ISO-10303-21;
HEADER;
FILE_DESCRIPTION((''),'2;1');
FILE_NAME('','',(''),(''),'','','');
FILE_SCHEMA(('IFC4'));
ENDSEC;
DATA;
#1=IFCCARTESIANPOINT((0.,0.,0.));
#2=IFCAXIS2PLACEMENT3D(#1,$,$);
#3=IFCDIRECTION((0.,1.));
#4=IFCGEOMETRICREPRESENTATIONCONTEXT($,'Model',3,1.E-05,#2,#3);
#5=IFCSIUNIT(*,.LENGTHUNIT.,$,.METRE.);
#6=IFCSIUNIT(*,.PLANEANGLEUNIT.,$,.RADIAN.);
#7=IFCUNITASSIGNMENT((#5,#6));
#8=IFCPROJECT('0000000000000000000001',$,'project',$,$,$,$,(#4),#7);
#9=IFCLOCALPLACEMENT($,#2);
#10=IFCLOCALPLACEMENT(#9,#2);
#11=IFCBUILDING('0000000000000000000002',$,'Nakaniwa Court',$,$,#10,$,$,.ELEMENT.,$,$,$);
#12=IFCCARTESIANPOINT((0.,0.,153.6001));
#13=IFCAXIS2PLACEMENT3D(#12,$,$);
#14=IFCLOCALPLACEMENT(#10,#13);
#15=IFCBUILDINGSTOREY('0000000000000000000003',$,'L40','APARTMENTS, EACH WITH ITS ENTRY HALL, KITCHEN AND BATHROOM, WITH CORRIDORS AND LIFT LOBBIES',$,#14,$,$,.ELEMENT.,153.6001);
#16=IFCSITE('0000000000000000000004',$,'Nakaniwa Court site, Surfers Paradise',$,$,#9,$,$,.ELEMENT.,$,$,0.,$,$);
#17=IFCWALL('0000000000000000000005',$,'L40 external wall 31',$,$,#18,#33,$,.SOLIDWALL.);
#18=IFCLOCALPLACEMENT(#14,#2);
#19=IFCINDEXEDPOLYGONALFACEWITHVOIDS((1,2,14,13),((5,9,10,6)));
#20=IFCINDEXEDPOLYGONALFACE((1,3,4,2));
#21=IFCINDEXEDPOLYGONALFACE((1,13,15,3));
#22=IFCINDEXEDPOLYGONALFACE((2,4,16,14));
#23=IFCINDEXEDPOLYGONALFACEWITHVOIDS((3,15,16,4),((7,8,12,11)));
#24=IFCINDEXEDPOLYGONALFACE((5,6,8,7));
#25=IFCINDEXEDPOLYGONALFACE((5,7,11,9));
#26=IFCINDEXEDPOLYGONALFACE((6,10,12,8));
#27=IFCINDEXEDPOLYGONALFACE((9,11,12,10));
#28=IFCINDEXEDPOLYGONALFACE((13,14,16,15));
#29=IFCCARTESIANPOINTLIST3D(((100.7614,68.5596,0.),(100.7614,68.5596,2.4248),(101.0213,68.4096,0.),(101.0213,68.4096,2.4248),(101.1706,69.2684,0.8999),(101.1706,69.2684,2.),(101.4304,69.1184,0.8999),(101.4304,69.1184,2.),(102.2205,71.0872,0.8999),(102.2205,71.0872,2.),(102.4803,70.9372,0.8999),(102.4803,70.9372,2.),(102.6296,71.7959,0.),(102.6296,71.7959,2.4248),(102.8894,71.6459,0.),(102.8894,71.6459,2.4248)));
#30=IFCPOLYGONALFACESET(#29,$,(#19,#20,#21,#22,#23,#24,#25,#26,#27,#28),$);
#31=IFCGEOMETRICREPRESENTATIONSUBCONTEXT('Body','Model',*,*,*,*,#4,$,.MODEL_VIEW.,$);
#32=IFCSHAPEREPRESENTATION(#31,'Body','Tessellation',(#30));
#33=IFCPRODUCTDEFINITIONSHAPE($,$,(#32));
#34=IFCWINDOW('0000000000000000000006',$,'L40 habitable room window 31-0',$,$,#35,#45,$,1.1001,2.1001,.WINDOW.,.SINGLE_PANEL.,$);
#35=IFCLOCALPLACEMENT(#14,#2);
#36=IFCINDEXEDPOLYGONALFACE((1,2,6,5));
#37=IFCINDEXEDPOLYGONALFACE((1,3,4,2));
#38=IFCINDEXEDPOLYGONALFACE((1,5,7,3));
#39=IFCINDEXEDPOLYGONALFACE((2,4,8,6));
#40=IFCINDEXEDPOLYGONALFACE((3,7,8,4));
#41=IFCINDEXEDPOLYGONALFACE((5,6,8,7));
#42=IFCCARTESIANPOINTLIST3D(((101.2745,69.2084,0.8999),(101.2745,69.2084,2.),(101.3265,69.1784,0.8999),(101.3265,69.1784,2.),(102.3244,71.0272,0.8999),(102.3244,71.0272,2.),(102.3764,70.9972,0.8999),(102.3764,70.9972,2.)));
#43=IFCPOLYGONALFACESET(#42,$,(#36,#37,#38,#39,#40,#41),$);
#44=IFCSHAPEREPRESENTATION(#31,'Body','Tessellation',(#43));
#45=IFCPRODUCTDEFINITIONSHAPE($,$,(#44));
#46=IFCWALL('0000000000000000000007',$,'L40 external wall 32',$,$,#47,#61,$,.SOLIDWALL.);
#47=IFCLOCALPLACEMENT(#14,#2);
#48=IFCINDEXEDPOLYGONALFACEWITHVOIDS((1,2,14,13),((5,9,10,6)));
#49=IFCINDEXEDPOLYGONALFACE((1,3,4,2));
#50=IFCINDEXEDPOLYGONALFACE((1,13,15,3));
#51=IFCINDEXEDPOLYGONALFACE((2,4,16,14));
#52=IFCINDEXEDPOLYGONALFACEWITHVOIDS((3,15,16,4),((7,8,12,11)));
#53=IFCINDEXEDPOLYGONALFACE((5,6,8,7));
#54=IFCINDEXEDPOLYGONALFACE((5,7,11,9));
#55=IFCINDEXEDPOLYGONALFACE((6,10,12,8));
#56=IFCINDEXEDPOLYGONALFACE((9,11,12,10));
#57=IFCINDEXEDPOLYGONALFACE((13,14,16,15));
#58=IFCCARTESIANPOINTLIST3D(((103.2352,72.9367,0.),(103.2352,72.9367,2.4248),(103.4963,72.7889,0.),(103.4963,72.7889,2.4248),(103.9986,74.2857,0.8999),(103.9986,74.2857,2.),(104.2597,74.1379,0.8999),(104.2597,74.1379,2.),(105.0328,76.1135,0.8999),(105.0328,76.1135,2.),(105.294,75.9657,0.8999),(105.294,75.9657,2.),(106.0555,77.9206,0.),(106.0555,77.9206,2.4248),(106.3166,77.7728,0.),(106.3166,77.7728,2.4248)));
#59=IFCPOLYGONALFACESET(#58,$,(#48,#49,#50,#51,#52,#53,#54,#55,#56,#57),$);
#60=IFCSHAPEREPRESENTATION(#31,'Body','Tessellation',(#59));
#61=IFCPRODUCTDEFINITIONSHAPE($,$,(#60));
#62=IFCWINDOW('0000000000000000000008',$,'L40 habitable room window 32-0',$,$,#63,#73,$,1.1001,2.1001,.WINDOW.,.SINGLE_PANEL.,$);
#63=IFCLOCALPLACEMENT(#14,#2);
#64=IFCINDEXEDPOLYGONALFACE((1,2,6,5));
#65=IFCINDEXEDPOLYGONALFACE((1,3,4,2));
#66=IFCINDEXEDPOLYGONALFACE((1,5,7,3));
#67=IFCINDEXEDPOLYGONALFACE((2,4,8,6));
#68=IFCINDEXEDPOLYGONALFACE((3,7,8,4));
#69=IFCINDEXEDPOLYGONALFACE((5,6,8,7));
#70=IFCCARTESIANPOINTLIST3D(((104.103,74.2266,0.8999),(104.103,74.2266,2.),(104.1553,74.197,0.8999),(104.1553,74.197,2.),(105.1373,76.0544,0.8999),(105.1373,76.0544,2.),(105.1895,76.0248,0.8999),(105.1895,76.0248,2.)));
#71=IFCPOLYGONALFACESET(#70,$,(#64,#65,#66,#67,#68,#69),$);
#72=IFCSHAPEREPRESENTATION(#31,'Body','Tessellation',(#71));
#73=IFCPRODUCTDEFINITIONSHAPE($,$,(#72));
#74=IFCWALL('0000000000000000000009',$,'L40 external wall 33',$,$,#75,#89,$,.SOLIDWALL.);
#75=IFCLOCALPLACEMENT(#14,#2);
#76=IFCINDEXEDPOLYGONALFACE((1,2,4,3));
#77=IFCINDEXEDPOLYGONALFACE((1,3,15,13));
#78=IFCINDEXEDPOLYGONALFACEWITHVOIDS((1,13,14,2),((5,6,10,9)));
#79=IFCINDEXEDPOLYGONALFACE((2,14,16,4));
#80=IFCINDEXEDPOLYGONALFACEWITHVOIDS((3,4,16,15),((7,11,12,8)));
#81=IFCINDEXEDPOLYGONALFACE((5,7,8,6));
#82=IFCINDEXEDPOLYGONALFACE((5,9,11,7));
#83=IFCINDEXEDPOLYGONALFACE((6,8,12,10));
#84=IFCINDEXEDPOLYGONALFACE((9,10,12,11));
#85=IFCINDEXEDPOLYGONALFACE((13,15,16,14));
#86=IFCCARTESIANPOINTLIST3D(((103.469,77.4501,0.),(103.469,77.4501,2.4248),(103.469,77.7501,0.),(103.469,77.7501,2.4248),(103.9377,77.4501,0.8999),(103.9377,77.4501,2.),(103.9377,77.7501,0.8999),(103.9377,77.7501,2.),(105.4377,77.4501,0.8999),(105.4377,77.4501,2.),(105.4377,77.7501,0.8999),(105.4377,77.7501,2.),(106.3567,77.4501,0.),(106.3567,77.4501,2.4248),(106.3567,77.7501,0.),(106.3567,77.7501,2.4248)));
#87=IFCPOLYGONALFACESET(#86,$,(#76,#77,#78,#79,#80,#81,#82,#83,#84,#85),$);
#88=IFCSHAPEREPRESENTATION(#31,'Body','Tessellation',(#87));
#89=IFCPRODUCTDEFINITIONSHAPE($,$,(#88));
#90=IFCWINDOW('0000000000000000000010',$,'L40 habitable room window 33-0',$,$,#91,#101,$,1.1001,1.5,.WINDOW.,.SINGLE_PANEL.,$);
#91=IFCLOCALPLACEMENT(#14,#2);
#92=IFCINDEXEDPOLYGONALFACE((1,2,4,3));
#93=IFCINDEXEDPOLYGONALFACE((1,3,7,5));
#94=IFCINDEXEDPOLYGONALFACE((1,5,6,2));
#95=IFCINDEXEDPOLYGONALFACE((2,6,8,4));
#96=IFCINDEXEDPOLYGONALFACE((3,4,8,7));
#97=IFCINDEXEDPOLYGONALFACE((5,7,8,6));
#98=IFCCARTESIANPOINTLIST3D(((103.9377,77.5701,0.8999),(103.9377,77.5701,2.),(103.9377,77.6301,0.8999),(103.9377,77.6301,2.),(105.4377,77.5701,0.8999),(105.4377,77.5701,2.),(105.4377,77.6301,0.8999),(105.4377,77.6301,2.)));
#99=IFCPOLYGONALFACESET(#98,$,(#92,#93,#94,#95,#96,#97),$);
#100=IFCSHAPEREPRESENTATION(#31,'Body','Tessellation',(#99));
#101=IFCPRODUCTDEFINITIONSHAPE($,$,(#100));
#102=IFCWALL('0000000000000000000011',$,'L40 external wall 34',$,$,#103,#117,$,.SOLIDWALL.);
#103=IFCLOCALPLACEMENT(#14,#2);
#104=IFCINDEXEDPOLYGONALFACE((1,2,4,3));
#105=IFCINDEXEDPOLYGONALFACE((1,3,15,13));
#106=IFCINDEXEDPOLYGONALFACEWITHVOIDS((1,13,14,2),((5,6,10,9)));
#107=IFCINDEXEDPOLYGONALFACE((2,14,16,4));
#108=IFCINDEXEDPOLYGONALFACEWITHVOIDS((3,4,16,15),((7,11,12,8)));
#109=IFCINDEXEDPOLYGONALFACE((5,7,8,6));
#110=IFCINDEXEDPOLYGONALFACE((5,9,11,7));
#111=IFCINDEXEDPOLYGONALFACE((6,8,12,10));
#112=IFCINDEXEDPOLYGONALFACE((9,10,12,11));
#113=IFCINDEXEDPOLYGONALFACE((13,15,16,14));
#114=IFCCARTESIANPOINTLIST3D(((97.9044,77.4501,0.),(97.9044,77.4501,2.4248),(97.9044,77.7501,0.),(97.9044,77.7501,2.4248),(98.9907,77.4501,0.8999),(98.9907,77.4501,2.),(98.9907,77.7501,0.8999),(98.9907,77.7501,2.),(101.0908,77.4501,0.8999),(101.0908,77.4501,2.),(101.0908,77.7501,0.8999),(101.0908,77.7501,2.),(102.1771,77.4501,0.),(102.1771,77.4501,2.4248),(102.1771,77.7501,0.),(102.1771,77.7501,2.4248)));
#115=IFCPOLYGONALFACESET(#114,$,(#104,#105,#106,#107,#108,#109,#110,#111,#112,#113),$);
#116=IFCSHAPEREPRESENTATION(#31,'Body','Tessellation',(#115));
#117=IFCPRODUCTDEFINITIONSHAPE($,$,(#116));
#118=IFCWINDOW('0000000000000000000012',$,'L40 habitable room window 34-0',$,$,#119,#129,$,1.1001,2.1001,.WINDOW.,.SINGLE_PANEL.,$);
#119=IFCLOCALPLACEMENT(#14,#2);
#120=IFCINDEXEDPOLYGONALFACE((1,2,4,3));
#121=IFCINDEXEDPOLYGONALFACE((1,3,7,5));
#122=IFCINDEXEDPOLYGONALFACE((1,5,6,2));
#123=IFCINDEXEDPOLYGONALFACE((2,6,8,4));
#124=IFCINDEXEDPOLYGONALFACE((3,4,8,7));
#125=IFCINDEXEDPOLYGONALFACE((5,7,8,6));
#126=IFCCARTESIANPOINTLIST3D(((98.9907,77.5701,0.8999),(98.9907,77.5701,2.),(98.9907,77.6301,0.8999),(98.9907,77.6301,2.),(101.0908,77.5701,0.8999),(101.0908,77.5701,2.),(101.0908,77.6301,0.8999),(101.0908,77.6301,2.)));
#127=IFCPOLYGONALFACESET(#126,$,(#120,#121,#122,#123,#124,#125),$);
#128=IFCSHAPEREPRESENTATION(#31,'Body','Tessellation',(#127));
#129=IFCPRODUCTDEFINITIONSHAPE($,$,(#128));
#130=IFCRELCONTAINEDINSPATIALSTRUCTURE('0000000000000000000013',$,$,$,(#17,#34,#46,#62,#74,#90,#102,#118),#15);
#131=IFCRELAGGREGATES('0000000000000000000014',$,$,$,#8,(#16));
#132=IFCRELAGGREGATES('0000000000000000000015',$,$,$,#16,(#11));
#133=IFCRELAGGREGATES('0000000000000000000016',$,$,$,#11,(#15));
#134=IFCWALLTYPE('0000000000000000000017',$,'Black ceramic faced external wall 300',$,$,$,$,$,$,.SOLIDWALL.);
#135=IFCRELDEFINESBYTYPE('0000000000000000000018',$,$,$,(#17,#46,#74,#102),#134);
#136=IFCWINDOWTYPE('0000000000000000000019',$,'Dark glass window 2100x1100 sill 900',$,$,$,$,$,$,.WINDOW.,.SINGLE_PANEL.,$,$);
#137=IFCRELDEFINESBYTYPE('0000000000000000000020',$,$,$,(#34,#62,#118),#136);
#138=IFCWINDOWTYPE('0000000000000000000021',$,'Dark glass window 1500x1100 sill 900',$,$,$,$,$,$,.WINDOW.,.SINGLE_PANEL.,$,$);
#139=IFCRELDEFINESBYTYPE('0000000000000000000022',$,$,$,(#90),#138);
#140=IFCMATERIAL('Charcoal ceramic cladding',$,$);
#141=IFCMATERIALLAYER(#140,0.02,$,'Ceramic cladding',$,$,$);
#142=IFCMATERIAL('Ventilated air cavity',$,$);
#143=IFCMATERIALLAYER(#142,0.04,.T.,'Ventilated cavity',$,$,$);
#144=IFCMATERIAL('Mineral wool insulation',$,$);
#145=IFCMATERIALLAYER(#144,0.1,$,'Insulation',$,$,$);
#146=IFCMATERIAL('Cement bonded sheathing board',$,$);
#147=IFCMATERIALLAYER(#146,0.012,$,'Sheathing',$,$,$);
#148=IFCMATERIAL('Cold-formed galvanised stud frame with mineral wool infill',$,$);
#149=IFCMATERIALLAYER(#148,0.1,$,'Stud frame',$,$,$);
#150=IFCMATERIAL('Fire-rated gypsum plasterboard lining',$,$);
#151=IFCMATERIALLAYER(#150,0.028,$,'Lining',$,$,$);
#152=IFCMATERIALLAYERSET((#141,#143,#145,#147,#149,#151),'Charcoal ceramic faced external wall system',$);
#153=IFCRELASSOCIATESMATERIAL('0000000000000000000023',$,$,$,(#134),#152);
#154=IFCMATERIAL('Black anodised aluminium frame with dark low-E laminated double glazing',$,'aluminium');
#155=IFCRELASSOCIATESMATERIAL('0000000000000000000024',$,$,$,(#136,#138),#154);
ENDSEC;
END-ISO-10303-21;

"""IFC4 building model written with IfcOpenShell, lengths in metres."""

from ifc_helpers import new_model, si_unit, direction, frame, frame_2d, origin, place, context, subcontext, project, spatial, rectangle, extrude, material, layer, layer_set, type_object, element, fill, save


model = new_model("IFC4")

# Units and contexts
model_context = context("Model", 3, precision=1e-05, world=origin(), true_north=direction((0.0, 1.0)))
body_context = subcontext(model_context, "Body", "Model", "MODEL_VIEW")
ifc_project = project(units=[si_unit("LENGTHUNIT", "METRE"), si_unit("PLANEANGLEUNIT", "RADIAN")], contexts=[model_context])

# Site, building, storey
site_placement = place(None, origin())
site = spatial("IfcSite", under=ifc_project, at=site_placement, Name="Nakaniwa Court site, Surfers Paradise", CompositionType="ELEMENT", RefElevation=0.0)
building_placement = place(site_placement, origin())
building = spatial("IfcBuilding", under=site, at=building_placement, Name="Nakaniwa Court", CompositionType="ELEMENT")
storey_placement = place(building_placement, frame((0.0, 0.0, 153.6001)))
storey = spatial("IfcBuildingStorey", under=building, at=storey_placement, Name="L40", Description="APARTMENTS, EACH WITH ITS ENTRY HALL, KITCHEN AND BATHROOM, WITH CORRIDORS AND LIFT LOBBIES", CompositionType="ELEMENT", Elevation=153.6001)

# Walls, openings, windows
ifc_material_1 = material(Name="Charcoal ceramic cladding")
ifc_layer_1 = layer(ifc_material_1, 0.02, Name="Ceramic cladding")
ifc_material_2 = material(Name="Ventilated air cavity")
ifc_layer_2 = layer(ifc_material_2, 0.04, ventilated=True, Name="Ventilated cavity")
ifc_material_3 = material(Name="Mineral wool insulation")
ifc_layer_3 = layer(ifc_material_3, 0.1, Name="Insulation")
ifc_material_4 = material(Name="Cement bonded sheathing board")
ifc_layer_4 = layer(ifc_material_4, 0.012, Name="Sheathing")
ifc_material_5 = material(Name="Cold-formed galvanised stud frame with mineral wool infill")
ifc_layer_5 = layer(ifc_material_5, 0.1, Name="Stud frame")
ifc_material_6 = material(Name="Fire-rated gypsum plasterboard lining")
ifc_layer_6 = layer(ifc_material_6, 0.028, Name="Lining")
ifc_layer_set_1 = layer_set([ifc_layer_1, ifc_layer_2, ifc_layer_3, ifc_layer_4, ifc_layer_5, ifc_layer_6], Name="Charcoal ceramic faced external wall system")
wall_type_1 = type_object("IfcWallType", Name="Black ceramic faced external wall 300", PredefinedType="SOLIDWALL", material=ifc_layer_set_1)
wall_1_placement = place(storey_placement, frame((100.8914, 68.4846, 0.0), z_axis=(0.0, 0.0, 1.0), x_axis=(0.499934, 0.866064, 0.0)))
wall_1 = element("IfcWall", 1, at=wall_1_placement, inside=storey, type_object=wall_type_1, Name="L40 external wall 31", PredefinedType="SOLIDWALL", context=body_context, shape_type="SweptSolid", body=[
    extrude(rectangle(XDim=3.7368, YDim=0.3, at=frame_2d((1.8684, 0.0))), origin(), (0.0, 0.0, 1.0), 2.4248),
])
opening_1_placement = place(wall_1_placement, frame((0.8184, 0.0, 0.8999)))
opening_1 = element("IfcOpeningElement", 2, at=opening_1_placement, cuts=wall_1, PredefinedType="OPENING", context=body_context, shape_type="SweptSolid", body=[
    extrude(rectangle(XDim=2.1001, YDim=1.1001, at=frame_2d((1.05, 0.55))), frame((0.0, 0.1599, 0.0), z_axis=(0.0, -1.0, 0.0), x_axis=(1.0, 0.0, 0.0)), (0.0, 0.0, 1.0), 0.3201),
])
ifc_material_7 = material(Name="Black anodised aluminium frame with dark low-E laminated double glazing", Category="aluminium")
window_type_1 = type_object("IfcWindowType", Name="Dark glass window 2100x1100 sill 900", PartitioningType="SINGLE_PANEL", PredefinedType="WINDOW", material=ifc_material_7)
window_1_placement = place(opening_1_placement, origin())
window_1 = element("IfcWindow", 3, at=window_1_placement, inside=storey, type_object=window_type_1, Name="L40 habitable room window 31-0", OverallHeight=1.1001, OverallWidth=2.1001, PartitioningType="SINGLE_PANEL", PredefinedType="WINDOW", context=body_context, shape_type="SweptSolid", body=[
    extrude(rectangle(XDim=2.1001, YDim=1.1001, at=frame_2d((1.05, 0.55))), frame((0.0, 0.03, 0.0), z_axis=(0.0, -1.0, 0.0), x_axis=(1.0, 0.0, 0.0)), (0.0, 0.0, 1.0), 0.0601),
])
fill(opening_1, window_1)
wall_2_placement = place(storey_placement, frame((103.3657, 72.8628, 0.0), z_axis=(0.0, 0.0, 1.0), x_axis=(0.492498, 0.870313, 0.0)))
wall_2 = element("IfcWall", 4, at=wall_2_placement, inside=storey, type_object=wall_type_1, Name="L40 external wall 32", PredefinedType="SOLIDWALL", context=body_context, shape_type="SweptSolid", body=[
    extrude(rectangle(XDim=5.7266, YDim=0.3, at=frame_2d((2.8633, 0.0))), origin(), (0.0, 0.0, 1.0), 2.4248),
])
opening_2_placement = place(wall_2_placement, frame((1.55, 0.0, 0.8999)))
opening_2 = element("IfcOpeningElement", 5, at=opening_2_placement, cuts=wall_2, PredefinedType="OPENING", context=body_context, shape_type="SweptSolid", body=[
    extrude(rectangle(XDim=2.1001, YDim=1.1001, at=frame_2d((1.05, 0.55))), frame((0.0, 0.1599, 0.0), z_axis=(0.0, -1.0, 0.0), x_axis=(1.0, 0.0, 0.0)), (0.0, 0.0, 1.0), 0.3201),
])
window_2_placement = place(opening_2_placement, origin())
window_2 = element("IfcWindow", 6, at=window_2_placement, inside=storey, type_object=window_type_1, Name="L40 habitable room window 32-0", OverallHeight=1.1001, OverallWidth=2.1001, PartitioningType="SINGLE_PANEL", PredefinedType="WINDOW", context=body_context, shape_type="SweptSolid", body=[
    extrude(rectangle(XDim=2.1001, YDim=1.1001, at=frame_2d((1.05, 0.55))), frame((0.0, 0.03, 0.0), z_axis=(0.0, -1.0, 0.0), x_axis=(1.0, 0.0, 0.0)), (0.0, 0.0, 1.0), 0.0601),
])
fill(opening_2, window_2)
wall_3_placement = place(storey_placement, frame((106.3567, 77.6001, 0.0), z_axis=(0.0, 0.0, 1.0), x_axis=(-1.0, 0.0, 0.0)))
wall_3 = element("IfcWall", 7, at=wall_3_placement, inside=storey, type_object=wall_type_1, Name="L40 external wall 33", PredefinedType="SOLIDWALL", context=body_context, shape_type="SweptSolid", body=[
    extrude(rectangle(XDim=2.8877, YDim=0.3, at=frame_2d((1.4438, 0.0))), origin(), (0.0, 0.0, 1.0), 2.4248),
])
opening_3_placement = place(wall_3_placement, frame((0.9189, 0.0, 0.8999)))
opening_3 = element("IfcOpeningElement", 8, at=opening_3_placement, cuts=wall_3, PredefinedType="OPENING", context=body_context, shape_type="SweptSolid", body=[
    extrude(rectangle(XDim=1.5, YDim=1.1001, at=frame_2d((0.75, 0.55))), frame((0.0, 0.1599, 0.0), z_axis=(0.0, -1.0, 0.0), x_axis=(1.0, 0.0, 0.0)), (0.0, 0.0, 1.0), 0.3201),
])
window_type_2 = type_object("IfcWindowType", Name="Dark glass window 1500x1100 sill 900", PartitioningType="SINGLE_PANEL", PredefinedType="WINDOW", material=ifc_material_7)
window_3_placement = place(opening_3_placement, origin())
window_3 = element("IfcWindow", 9, at=window_3_placement, inside=storey, type_object=window_type_2, Name="L40 habitable room window 33-0", OverallHeight=1.1001, OverallWidth=1.5, PartitioningType="SINGLE_PANEL", PredefinedType="WINDOW", context=body_context, shape_type="SweptSolid", body=[
    extrude(rectangle(XDim=1.5, YDim=1.1001, at=frame_2d((0.75, 0.55))), frame((0.0, 0.03, 0.0), z_axis=(0.0, -1.0, 0.0), x_axis=(1.0, 0.0, 0.0)), (0.0, 0.0, 1.0), 0.0601),
])
fill(opening_3, window_3)
wall_4_placement = place(storey_placement, frame((102.177, 77.6001, 0.0), z_axis=(0.0, 0.0, 1.0), x_axis=(-1.0, 0.0, 0.0)))
wall_4 = element("IfcWall", 10, at=wall_4_placement, inside=storey, type_object=wall_type_1, Name="L40 external wall 34", PredefinedType="SOLIDWALL", context=body_context, shape_type="SweptSolid", body=[
    extrude(rectangle(XDim=4.2727, YDim=0.3, at=frame_2d((2.1362, 0.0))), origin(), (0.0, 0.0, 1.0), 2.4248),
])
opening_4_placement = place(wall_4_placement, frame((1.0862, 0.0, 0.8999)))
opening_4 = element("IfcOpeningElement", 11, at=opening_4_placement, cuts=wall_4, PredefinedType="OPENING", context=body_context, shape_type="SweptSolid", body=[
    extrude(rectangle(XDim=2.1001, YDim=1.1001, at=frame_2d((1.05, 0.55))), frame((0.0, 0.1599, 0.0), z_axis=(0.0, -1.0, 0.0), x_axis=(1.0, 0.0, 0.0)), (0.0, 0.0, 1.0), 0.3201),
])
window_4_placement = place(opening_4_placement, origin())
window_4 = element("IfcWindow", 12, at=window_4_placement, inside=storey, type_object=window_type_1, Name="L40 habitable room window 34-0", OverallHeight=1.1001, OverallWidth=2.1001, PartitioningType="SINGLE_PANEL", PredefinedType="WINDOW", context=body_context, shape_type="SweptSolid", body=[
    extrude(rectangle(XDim=2.1001, YDim=1.1001, at=frame_2d((1.05, 0.55))), frame((0.0, 0.03, 0.0), z_axis=(0.0, -1.0, 0.0), x_axis=(1.0, 0.0, 0.0)), (0.0, 0.0, 1.0), 0.0601),
])
fill(opening_4, window_4)

save(model, "model.ifc")
